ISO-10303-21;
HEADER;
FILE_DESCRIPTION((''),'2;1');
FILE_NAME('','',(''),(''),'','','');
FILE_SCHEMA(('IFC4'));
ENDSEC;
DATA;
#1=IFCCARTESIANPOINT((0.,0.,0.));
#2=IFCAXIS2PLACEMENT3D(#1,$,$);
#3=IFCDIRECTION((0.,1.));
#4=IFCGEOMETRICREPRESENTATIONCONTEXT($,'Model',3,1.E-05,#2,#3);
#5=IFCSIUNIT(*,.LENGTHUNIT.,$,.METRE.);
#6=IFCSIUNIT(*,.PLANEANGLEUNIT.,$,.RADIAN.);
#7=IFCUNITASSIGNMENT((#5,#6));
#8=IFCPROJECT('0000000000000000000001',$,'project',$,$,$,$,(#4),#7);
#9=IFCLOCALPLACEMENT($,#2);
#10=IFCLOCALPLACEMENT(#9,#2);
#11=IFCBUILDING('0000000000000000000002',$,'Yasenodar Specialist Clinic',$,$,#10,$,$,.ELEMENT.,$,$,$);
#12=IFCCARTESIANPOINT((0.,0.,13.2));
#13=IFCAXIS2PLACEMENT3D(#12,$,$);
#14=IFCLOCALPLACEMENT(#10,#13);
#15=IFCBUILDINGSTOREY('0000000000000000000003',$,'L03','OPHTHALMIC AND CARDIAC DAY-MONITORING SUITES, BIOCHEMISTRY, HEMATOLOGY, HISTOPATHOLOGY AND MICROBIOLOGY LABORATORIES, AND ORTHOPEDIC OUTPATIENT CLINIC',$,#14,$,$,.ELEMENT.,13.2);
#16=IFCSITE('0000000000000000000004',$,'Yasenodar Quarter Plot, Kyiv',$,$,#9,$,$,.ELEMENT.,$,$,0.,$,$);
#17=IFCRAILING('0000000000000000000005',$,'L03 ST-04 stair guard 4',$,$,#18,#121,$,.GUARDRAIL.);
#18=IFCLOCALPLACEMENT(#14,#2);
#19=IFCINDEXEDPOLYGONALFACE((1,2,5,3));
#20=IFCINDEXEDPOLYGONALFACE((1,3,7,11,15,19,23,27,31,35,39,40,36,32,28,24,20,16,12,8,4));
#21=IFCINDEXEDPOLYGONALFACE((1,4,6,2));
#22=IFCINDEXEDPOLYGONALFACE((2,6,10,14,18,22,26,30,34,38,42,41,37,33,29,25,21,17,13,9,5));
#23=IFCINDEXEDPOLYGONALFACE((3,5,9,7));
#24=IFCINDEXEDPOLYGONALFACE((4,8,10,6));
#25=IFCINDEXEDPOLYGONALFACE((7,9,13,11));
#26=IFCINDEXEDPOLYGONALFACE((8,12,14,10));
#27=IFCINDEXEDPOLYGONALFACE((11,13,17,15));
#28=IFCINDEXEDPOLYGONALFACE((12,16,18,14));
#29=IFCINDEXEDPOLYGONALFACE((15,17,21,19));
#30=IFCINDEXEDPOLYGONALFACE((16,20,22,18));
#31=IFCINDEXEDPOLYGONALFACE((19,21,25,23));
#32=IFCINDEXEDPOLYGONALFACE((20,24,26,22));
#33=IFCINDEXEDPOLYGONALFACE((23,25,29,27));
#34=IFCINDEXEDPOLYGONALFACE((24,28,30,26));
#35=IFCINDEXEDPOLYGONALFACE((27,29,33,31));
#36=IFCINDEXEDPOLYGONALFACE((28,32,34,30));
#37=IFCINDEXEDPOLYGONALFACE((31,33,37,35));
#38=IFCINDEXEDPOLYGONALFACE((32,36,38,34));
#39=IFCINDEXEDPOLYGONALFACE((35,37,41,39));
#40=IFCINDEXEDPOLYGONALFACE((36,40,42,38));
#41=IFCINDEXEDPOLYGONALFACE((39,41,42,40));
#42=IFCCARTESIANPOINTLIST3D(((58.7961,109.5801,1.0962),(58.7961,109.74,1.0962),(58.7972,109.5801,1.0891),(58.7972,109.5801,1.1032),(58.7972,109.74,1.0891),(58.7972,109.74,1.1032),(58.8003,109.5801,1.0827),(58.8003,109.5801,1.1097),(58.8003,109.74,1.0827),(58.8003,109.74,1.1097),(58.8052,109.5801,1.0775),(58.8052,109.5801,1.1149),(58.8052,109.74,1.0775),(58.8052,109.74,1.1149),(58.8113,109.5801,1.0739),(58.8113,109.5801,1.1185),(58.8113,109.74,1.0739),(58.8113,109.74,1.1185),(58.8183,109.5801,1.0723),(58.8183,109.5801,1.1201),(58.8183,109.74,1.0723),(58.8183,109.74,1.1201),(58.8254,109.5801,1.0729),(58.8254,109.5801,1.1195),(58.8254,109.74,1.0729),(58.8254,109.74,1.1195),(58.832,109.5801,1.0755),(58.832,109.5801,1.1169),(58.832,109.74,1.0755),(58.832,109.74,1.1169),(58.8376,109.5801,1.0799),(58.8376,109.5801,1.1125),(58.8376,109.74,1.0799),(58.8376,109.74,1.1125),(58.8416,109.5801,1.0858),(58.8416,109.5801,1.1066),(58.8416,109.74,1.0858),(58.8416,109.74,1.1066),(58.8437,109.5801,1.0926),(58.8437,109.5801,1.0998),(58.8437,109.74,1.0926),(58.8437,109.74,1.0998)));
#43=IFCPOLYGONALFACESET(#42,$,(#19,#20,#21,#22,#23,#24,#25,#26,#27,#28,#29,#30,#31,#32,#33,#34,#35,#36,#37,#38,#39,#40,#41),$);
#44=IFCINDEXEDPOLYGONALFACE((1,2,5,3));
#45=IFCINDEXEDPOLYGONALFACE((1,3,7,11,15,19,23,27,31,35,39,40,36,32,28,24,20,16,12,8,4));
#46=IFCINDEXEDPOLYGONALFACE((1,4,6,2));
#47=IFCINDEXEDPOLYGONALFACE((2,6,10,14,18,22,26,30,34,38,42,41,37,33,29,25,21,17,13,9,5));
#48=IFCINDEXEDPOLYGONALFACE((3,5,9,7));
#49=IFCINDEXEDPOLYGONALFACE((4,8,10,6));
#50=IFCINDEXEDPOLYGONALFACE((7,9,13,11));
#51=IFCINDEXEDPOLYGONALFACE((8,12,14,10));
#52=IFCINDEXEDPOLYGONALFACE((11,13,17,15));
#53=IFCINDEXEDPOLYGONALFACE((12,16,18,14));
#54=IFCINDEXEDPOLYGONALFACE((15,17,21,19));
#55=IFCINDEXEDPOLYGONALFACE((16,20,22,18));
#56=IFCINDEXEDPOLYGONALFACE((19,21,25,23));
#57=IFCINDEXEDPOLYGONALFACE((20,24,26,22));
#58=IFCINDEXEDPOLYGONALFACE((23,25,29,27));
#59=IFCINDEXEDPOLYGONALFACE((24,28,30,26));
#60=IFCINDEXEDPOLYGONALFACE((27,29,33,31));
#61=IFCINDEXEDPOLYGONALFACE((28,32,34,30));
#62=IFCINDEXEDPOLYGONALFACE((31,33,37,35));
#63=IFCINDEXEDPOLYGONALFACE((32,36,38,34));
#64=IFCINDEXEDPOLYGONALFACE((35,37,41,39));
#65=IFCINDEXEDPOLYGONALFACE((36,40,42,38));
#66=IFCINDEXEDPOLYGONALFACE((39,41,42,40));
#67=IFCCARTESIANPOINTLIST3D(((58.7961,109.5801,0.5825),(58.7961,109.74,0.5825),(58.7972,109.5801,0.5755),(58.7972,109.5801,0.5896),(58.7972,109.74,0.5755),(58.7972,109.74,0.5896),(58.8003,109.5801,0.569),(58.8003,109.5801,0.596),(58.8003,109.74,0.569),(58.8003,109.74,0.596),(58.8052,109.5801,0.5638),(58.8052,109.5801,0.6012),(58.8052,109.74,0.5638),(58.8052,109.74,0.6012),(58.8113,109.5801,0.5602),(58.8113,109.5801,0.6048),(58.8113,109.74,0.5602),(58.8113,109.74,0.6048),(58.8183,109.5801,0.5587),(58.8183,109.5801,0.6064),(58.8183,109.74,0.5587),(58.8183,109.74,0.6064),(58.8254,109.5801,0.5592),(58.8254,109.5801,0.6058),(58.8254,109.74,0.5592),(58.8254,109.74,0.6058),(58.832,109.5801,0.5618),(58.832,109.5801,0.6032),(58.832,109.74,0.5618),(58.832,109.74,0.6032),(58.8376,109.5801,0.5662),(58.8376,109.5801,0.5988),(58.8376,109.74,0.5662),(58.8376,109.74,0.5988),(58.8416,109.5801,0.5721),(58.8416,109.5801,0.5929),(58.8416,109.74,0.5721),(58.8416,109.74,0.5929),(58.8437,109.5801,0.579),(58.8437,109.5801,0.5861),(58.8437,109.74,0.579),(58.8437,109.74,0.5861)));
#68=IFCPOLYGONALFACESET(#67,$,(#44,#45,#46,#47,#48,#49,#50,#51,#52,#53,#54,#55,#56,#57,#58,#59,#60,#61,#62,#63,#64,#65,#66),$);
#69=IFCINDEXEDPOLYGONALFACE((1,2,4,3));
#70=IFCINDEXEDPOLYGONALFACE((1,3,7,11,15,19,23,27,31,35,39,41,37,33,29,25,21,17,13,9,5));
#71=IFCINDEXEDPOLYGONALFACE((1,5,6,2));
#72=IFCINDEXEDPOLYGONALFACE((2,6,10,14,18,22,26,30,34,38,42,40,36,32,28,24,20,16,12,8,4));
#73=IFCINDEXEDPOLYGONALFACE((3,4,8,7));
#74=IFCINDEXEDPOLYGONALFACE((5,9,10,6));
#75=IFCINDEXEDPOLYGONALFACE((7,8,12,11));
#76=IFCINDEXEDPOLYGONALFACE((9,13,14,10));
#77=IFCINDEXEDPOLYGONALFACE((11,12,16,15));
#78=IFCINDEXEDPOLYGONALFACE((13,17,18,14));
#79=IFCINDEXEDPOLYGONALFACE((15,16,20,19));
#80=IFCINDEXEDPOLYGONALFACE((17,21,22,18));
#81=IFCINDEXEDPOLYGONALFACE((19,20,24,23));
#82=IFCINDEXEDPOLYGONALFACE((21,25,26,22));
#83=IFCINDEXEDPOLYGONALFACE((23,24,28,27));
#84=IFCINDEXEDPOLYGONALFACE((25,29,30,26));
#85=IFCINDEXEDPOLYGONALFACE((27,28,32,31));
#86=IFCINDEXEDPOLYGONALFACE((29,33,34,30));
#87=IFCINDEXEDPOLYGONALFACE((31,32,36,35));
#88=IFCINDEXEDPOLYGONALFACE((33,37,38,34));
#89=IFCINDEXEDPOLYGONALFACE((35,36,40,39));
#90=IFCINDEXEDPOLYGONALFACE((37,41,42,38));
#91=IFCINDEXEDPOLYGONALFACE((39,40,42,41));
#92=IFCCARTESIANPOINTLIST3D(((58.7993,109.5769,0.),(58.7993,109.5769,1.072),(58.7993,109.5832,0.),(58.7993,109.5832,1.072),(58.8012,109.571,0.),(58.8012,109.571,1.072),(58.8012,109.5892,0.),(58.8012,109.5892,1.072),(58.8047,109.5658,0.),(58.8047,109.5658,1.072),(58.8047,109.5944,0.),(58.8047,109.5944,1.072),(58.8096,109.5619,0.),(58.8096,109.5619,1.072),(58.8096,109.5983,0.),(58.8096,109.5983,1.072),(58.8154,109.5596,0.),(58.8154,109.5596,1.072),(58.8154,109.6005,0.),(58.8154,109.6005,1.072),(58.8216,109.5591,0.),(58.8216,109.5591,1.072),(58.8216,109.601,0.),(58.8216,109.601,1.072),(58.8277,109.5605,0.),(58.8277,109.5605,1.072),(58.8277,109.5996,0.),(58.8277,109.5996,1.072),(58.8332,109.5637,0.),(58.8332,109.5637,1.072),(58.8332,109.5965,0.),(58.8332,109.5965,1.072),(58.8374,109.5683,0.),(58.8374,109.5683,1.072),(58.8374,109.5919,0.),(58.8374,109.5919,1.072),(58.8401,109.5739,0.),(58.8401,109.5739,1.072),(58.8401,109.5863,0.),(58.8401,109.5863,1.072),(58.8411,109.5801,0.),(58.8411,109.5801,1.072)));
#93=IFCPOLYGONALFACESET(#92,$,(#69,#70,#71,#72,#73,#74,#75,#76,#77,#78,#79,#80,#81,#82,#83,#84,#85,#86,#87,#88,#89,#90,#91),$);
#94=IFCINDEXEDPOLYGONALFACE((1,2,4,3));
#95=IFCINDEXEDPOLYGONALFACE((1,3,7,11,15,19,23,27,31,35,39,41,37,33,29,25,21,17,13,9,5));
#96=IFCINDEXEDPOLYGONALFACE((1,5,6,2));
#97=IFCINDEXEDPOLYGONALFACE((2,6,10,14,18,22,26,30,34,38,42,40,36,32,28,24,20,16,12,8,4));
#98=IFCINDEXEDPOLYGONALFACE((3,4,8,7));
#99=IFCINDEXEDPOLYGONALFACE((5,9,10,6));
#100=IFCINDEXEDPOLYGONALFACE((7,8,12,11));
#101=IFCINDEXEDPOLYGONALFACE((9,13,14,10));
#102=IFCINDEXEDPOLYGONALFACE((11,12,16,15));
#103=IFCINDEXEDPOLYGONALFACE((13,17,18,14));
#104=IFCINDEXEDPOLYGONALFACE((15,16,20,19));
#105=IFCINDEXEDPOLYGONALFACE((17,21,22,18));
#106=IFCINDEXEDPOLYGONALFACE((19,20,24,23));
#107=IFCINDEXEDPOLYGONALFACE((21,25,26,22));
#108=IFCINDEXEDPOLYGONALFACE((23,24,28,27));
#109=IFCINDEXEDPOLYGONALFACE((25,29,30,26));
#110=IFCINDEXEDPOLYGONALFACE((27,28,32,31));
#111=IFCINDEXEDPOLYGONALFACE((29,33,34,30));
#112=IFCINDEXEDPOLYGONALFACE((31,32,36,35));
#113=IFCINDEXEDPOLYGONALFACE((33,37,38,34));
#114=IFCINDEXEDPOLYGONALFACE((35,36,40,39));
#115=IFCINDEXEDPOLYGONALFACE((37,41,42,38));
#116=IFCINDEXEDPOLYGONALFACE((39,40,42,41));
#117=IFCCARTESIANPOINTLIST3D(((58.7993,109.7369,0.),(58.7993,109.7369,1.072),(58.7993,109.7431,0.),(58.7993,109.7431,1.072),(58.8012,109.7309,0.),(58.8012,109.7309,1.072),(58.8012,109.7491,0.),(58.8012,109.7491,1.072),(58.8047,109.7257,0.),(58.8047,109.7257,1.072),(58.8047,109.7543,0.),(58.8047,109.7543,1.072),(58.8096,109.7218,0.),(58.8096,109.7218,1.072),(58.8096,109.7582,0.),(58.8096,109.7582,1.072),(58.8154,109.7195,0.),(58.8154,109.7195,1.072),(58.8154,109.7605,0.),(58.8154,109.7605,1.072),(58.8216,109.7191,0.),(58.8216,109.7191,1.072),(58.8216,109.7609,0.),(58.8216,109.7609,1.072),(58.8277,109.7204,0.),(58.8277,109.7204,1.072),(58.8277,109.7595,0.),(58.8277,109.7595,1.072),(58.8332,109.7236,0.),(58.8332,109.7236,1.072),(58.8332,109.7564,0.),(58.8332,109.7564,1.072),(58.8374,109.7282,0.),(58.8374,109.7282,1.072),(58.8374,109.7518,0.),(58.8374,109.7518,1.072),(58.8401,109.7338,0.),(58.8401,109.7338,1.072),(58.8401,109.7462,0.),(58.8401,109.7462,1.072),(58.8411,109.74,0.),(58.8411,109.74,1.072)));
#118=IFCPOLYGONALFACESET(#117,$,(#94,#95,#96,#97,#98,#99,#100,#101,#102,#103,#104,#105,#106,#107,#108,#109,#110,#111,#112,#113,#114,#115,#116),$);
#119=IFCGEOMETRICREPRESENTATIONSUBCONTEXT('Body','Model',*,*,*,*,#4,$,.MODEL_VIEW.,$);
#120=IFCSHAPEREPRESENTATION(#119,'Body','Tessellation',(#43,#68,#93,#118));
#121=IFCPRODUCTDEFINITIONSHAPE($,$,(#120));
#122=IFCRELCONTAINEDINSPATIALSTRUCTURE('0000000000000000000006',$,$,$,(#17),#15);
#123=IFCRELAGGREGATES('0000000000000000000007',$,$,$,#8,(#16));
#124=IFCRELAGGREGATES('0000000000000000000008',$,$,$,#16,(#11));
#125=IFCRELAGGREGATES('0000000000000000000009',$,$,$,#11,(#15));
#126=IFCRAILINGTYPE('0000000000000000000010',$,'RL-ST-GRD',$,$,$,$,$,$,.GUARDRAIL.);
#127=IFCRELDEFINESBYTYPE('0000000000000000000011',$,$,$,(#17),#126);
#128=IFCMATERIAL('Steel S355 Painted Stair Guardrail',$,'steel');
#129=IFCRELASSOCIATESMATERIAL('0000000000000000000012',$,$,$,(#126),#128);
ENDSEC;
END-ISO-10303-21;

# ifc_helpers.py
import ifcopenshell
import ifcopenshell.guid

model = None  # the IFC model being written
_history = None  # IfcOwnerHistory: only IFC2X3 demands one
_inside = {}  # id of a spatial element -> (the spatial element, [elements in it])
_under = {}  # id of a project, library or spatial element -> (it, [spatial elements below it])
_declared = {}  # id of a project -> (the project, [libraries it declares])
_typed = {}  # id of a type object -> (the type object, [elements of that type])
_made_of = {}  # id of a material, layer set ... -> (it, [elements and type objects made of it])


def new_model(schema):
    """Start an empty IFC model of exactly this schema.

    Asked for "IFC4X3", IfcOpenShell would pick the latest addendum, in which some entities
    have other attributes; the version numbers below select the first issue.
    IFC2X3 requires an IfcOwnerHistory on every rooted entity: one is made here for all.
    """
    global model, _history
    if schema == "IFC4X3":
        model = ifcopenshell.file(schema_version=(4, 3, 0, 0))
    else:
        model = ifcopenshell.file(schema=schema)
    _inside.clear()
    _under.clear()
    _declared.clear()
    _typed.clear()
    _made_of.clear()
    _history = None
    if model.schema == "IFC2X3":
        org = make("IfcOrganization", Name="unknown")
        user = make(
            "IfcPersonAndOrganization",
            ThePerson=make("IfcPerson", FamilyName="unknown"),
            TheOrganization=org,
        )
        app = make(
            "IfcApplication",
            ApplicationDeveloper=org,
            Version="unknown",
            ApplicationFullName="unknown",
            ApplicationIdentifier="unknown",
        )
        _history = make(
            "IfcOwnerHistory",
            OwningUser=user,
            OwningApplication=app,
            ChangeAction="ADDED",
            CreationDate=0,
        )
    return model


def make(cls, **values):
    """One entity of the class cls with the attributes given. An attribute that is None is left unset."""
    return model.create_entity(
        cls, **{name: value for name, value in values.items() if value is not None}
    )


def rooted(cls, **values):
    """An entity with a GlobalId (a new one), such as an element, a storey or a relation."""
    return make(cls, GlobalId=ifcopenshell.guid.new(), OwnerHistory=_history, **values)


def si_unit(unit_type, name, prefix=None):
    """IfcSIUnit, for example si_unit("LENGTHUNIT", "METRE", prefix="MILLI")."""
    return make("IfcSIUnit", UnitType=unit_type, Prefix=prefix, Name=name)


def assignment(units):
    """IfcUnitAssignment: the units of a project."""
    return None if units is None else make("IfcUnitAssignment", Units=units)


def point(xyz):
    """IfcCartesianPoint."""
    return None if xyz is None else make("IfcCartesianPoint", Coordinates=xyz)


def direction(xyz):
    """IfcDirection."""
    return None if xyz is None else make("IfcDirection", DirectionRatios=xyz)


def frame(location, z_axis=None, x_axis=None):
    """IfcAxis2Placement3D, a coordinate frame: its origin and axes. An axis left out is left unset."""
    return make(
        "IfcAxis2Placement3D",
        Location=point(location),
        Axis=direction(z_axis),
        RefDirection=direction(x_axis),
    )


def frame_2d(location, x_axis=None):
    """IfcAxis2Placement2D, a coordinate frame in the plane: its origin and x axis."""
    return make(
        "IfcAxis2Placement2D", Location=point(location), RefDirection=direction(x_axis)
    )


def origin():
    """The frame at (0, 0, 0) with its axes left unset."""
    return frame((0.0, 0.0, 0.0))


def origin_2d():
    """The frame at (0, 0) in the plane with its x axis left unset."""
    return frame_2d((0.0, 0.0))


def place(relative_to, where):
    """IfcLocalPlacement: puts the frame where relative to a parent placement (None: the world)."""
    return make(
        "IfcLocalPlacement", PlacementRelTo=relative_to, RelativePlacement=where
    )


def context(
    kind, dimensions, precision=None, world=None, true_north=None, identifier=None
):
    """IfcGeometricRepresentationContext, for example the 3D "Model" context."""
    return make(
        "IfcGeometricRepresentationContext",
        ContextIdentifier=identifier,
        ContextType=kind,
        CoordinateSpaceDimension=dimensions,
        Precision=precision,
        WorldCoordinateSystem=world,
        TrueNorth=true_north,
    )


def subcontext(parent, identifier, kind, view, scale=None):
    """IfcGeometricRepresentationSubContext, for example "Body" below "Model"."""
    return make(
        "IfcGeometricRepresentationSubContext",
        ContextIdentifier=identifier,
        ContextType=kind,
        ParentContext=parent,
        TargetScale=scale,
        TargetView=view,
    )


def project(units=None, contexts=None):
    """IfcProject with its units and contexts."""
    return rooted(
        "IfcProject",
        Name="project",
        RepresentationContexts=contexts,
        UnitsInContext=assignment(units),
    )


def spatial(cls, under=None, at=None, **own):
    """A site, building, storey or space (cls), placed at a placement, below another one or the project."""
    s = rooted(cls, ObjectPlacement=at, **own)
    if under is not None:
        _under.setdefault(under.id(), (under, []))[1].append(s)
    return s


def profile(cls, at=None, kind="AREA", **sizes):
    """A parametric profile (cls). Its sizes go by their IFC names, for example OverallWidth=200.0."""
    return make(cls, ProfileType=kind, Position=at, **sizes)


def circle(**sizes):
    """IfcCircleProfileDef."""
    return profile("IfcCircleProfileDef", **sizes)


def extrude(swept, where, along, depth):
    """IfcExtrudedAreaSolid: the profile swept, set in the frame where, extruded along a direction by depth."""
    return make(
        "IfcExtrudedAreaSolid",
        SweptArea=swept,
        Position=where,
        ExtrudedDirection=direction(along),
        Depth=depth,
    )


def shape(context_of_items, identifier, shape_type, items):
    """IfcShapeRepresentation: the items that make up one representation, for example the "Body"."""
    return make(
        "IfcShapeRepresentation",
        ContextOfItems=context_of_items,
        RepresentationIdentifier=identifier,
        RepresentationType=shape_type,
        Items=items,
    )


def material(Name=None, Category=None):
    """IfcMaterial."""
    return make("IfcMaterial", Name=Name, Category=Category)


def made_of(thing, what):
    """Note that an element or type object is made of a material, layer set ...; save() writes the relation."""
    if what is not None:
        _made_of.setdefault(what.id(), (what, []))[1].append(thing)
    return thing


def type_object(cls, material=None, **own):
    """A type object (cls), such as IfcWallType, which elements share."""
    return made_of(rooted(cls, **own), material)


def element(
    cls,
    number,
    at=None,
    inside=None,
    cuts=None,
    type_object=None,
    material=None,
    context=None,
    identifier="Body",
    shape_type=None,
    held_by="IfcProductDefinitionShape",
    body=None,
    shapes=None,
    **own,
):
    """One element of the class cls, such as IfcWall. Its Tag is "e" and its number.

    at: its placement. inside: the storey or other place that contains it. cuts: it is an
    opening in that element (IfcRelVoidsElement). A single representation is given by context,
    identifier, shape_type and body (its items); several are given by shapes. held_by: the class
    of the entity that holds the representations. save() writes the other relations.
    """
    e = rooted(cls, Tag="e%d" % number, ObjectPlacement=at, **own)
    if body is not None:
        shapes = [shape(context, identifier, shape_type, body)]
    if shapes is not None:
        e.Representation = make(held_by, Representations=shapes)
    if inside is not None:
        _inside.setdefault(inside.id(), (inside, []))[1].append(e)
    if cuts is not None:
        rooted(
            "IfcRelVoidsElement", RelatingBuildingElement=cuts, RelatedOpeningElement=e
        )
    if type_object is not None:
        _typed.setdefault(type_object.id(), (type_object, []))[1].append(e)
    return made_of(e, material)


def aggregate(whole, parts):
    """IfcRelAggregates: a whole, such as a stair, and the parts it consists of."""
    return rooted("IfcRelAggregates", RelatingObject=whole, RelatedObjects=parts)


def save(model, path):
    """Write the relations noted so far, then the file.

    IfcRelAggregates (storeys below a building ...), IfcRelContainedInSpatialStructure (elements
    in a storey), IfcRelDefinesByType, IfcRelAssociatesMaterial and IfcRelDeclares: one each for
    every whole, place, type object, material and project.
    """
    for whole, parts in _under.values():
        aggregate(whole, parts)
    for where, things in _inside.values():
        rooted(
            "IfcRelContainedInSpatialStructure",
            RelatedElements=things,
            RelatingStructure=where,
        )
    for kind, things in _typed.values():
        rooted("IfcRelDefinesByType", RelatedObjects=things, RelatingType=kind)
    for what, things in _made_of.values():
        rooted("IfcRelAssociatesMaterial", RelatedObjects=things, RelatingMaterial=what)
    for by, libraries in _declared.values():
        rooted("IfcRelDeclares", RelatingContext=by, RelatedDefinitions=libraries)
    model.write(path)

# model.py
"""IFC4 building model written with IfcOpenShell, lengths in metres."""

from ifc_helpers import new_model, si_unit, direction, frame, origin, origin_2d, place, context, subcontext, project, spatial, circle, extrude, material, type_object, element, save


model = new_model("IFC4")

# Units and contexts
model_context = context("Model", 3, precision=1e-05, world=origin(), true_north=direction((0.0, 1.0)))
body_context = subcontext(model_context, "Body", "Model", "MODEL_VIEW")
ifc_project = project(units=[si_unit("LENGTHUNIT", "METRE"), si_unit("PLANEANGLEUNIT", "RADIAN")], contexts=[model_context])

# Site, building, storey
site_placement = place(None, origin())
site = spatial("IfcSite", under=ifc_project, at=site_placement, Name="Yasenodar Quarter Plot, Kyiv", CompositionType="ELEMENT", RefElevation=0.0)
building_placement = place(site_placement, origin())
building = spatial("IfcBuilding", under=site, at=building_placement, Name="Yasenodar Specialist Clinic", CompositionType="ELEMENT")
storey_placement = place(building_placement, frame((0.0, 0.0, 13.2)))
storey = spatial("IfcBuildingStorey", under=building, at=storey_placement, Name="L03", Description="OPHTHALMIC AND CARDIAC DAY-MONITORING SUITES, BIOCHEMISTRY, HEMATOLOGY, HISTOPATHOLOGY AND MICROBIOLOGY LABORATORIES, AND ORTHOPEDIC OUTPATIENT CLINIC", CompositionType="ELEMENT", Elevation=13.2)

# Railing
ifc_material_1 = material(Name="Steel S355 Painted Stair Guardrail", Category="steel")
railing_type_1 = type_object("IfcRailingType", Name="RL-ST-GRD", PredefinedType="GUARDRAIL", material=ifc_material_1)
railing_1_placement = place(storey_placement, frame((58.8201, 109.5801, 0.0)))
element("IfcRailing", 1, at=railing_1_placement, inside=storey, type_object=railing_type_1, Name="L03 ST-04 stair guard 4", PredefinedType="GUARDRAIL", context=body_context, shape_type="SweptSolid", body=[
    extrude(circle(Radius=0.0239, at=origin_2d()), frame((0.0, 0.0, 1.0962), z_axis=(0.0, 1.0, 0.0), x_axis=(-1.0, 0.0, 0.0)), (0.0, 0.0, 1.0), 0.1599),
    extrude(circle(Radius=0.0239, at=origin_2d()), frame((0.0, 0.0, 0.5825), z_axis=(0.0, 1.0, 0.0), x_axis=(-1.0, 0.0, 0.0)), (0.0, 0.0, 1.0), 0.1599),
    extrude(circle(Radius=0.021, at=origin_2d()), origin(), (0.0, 0.0, 1.0), 1.072),
    extrude(circle(Radius=0.021, at=origin_2d()), frame((0.0, 0.1599, 0.0)), (0.0, 0.0, 1.0), 1.072),
])

save(model, "model.ifc")
